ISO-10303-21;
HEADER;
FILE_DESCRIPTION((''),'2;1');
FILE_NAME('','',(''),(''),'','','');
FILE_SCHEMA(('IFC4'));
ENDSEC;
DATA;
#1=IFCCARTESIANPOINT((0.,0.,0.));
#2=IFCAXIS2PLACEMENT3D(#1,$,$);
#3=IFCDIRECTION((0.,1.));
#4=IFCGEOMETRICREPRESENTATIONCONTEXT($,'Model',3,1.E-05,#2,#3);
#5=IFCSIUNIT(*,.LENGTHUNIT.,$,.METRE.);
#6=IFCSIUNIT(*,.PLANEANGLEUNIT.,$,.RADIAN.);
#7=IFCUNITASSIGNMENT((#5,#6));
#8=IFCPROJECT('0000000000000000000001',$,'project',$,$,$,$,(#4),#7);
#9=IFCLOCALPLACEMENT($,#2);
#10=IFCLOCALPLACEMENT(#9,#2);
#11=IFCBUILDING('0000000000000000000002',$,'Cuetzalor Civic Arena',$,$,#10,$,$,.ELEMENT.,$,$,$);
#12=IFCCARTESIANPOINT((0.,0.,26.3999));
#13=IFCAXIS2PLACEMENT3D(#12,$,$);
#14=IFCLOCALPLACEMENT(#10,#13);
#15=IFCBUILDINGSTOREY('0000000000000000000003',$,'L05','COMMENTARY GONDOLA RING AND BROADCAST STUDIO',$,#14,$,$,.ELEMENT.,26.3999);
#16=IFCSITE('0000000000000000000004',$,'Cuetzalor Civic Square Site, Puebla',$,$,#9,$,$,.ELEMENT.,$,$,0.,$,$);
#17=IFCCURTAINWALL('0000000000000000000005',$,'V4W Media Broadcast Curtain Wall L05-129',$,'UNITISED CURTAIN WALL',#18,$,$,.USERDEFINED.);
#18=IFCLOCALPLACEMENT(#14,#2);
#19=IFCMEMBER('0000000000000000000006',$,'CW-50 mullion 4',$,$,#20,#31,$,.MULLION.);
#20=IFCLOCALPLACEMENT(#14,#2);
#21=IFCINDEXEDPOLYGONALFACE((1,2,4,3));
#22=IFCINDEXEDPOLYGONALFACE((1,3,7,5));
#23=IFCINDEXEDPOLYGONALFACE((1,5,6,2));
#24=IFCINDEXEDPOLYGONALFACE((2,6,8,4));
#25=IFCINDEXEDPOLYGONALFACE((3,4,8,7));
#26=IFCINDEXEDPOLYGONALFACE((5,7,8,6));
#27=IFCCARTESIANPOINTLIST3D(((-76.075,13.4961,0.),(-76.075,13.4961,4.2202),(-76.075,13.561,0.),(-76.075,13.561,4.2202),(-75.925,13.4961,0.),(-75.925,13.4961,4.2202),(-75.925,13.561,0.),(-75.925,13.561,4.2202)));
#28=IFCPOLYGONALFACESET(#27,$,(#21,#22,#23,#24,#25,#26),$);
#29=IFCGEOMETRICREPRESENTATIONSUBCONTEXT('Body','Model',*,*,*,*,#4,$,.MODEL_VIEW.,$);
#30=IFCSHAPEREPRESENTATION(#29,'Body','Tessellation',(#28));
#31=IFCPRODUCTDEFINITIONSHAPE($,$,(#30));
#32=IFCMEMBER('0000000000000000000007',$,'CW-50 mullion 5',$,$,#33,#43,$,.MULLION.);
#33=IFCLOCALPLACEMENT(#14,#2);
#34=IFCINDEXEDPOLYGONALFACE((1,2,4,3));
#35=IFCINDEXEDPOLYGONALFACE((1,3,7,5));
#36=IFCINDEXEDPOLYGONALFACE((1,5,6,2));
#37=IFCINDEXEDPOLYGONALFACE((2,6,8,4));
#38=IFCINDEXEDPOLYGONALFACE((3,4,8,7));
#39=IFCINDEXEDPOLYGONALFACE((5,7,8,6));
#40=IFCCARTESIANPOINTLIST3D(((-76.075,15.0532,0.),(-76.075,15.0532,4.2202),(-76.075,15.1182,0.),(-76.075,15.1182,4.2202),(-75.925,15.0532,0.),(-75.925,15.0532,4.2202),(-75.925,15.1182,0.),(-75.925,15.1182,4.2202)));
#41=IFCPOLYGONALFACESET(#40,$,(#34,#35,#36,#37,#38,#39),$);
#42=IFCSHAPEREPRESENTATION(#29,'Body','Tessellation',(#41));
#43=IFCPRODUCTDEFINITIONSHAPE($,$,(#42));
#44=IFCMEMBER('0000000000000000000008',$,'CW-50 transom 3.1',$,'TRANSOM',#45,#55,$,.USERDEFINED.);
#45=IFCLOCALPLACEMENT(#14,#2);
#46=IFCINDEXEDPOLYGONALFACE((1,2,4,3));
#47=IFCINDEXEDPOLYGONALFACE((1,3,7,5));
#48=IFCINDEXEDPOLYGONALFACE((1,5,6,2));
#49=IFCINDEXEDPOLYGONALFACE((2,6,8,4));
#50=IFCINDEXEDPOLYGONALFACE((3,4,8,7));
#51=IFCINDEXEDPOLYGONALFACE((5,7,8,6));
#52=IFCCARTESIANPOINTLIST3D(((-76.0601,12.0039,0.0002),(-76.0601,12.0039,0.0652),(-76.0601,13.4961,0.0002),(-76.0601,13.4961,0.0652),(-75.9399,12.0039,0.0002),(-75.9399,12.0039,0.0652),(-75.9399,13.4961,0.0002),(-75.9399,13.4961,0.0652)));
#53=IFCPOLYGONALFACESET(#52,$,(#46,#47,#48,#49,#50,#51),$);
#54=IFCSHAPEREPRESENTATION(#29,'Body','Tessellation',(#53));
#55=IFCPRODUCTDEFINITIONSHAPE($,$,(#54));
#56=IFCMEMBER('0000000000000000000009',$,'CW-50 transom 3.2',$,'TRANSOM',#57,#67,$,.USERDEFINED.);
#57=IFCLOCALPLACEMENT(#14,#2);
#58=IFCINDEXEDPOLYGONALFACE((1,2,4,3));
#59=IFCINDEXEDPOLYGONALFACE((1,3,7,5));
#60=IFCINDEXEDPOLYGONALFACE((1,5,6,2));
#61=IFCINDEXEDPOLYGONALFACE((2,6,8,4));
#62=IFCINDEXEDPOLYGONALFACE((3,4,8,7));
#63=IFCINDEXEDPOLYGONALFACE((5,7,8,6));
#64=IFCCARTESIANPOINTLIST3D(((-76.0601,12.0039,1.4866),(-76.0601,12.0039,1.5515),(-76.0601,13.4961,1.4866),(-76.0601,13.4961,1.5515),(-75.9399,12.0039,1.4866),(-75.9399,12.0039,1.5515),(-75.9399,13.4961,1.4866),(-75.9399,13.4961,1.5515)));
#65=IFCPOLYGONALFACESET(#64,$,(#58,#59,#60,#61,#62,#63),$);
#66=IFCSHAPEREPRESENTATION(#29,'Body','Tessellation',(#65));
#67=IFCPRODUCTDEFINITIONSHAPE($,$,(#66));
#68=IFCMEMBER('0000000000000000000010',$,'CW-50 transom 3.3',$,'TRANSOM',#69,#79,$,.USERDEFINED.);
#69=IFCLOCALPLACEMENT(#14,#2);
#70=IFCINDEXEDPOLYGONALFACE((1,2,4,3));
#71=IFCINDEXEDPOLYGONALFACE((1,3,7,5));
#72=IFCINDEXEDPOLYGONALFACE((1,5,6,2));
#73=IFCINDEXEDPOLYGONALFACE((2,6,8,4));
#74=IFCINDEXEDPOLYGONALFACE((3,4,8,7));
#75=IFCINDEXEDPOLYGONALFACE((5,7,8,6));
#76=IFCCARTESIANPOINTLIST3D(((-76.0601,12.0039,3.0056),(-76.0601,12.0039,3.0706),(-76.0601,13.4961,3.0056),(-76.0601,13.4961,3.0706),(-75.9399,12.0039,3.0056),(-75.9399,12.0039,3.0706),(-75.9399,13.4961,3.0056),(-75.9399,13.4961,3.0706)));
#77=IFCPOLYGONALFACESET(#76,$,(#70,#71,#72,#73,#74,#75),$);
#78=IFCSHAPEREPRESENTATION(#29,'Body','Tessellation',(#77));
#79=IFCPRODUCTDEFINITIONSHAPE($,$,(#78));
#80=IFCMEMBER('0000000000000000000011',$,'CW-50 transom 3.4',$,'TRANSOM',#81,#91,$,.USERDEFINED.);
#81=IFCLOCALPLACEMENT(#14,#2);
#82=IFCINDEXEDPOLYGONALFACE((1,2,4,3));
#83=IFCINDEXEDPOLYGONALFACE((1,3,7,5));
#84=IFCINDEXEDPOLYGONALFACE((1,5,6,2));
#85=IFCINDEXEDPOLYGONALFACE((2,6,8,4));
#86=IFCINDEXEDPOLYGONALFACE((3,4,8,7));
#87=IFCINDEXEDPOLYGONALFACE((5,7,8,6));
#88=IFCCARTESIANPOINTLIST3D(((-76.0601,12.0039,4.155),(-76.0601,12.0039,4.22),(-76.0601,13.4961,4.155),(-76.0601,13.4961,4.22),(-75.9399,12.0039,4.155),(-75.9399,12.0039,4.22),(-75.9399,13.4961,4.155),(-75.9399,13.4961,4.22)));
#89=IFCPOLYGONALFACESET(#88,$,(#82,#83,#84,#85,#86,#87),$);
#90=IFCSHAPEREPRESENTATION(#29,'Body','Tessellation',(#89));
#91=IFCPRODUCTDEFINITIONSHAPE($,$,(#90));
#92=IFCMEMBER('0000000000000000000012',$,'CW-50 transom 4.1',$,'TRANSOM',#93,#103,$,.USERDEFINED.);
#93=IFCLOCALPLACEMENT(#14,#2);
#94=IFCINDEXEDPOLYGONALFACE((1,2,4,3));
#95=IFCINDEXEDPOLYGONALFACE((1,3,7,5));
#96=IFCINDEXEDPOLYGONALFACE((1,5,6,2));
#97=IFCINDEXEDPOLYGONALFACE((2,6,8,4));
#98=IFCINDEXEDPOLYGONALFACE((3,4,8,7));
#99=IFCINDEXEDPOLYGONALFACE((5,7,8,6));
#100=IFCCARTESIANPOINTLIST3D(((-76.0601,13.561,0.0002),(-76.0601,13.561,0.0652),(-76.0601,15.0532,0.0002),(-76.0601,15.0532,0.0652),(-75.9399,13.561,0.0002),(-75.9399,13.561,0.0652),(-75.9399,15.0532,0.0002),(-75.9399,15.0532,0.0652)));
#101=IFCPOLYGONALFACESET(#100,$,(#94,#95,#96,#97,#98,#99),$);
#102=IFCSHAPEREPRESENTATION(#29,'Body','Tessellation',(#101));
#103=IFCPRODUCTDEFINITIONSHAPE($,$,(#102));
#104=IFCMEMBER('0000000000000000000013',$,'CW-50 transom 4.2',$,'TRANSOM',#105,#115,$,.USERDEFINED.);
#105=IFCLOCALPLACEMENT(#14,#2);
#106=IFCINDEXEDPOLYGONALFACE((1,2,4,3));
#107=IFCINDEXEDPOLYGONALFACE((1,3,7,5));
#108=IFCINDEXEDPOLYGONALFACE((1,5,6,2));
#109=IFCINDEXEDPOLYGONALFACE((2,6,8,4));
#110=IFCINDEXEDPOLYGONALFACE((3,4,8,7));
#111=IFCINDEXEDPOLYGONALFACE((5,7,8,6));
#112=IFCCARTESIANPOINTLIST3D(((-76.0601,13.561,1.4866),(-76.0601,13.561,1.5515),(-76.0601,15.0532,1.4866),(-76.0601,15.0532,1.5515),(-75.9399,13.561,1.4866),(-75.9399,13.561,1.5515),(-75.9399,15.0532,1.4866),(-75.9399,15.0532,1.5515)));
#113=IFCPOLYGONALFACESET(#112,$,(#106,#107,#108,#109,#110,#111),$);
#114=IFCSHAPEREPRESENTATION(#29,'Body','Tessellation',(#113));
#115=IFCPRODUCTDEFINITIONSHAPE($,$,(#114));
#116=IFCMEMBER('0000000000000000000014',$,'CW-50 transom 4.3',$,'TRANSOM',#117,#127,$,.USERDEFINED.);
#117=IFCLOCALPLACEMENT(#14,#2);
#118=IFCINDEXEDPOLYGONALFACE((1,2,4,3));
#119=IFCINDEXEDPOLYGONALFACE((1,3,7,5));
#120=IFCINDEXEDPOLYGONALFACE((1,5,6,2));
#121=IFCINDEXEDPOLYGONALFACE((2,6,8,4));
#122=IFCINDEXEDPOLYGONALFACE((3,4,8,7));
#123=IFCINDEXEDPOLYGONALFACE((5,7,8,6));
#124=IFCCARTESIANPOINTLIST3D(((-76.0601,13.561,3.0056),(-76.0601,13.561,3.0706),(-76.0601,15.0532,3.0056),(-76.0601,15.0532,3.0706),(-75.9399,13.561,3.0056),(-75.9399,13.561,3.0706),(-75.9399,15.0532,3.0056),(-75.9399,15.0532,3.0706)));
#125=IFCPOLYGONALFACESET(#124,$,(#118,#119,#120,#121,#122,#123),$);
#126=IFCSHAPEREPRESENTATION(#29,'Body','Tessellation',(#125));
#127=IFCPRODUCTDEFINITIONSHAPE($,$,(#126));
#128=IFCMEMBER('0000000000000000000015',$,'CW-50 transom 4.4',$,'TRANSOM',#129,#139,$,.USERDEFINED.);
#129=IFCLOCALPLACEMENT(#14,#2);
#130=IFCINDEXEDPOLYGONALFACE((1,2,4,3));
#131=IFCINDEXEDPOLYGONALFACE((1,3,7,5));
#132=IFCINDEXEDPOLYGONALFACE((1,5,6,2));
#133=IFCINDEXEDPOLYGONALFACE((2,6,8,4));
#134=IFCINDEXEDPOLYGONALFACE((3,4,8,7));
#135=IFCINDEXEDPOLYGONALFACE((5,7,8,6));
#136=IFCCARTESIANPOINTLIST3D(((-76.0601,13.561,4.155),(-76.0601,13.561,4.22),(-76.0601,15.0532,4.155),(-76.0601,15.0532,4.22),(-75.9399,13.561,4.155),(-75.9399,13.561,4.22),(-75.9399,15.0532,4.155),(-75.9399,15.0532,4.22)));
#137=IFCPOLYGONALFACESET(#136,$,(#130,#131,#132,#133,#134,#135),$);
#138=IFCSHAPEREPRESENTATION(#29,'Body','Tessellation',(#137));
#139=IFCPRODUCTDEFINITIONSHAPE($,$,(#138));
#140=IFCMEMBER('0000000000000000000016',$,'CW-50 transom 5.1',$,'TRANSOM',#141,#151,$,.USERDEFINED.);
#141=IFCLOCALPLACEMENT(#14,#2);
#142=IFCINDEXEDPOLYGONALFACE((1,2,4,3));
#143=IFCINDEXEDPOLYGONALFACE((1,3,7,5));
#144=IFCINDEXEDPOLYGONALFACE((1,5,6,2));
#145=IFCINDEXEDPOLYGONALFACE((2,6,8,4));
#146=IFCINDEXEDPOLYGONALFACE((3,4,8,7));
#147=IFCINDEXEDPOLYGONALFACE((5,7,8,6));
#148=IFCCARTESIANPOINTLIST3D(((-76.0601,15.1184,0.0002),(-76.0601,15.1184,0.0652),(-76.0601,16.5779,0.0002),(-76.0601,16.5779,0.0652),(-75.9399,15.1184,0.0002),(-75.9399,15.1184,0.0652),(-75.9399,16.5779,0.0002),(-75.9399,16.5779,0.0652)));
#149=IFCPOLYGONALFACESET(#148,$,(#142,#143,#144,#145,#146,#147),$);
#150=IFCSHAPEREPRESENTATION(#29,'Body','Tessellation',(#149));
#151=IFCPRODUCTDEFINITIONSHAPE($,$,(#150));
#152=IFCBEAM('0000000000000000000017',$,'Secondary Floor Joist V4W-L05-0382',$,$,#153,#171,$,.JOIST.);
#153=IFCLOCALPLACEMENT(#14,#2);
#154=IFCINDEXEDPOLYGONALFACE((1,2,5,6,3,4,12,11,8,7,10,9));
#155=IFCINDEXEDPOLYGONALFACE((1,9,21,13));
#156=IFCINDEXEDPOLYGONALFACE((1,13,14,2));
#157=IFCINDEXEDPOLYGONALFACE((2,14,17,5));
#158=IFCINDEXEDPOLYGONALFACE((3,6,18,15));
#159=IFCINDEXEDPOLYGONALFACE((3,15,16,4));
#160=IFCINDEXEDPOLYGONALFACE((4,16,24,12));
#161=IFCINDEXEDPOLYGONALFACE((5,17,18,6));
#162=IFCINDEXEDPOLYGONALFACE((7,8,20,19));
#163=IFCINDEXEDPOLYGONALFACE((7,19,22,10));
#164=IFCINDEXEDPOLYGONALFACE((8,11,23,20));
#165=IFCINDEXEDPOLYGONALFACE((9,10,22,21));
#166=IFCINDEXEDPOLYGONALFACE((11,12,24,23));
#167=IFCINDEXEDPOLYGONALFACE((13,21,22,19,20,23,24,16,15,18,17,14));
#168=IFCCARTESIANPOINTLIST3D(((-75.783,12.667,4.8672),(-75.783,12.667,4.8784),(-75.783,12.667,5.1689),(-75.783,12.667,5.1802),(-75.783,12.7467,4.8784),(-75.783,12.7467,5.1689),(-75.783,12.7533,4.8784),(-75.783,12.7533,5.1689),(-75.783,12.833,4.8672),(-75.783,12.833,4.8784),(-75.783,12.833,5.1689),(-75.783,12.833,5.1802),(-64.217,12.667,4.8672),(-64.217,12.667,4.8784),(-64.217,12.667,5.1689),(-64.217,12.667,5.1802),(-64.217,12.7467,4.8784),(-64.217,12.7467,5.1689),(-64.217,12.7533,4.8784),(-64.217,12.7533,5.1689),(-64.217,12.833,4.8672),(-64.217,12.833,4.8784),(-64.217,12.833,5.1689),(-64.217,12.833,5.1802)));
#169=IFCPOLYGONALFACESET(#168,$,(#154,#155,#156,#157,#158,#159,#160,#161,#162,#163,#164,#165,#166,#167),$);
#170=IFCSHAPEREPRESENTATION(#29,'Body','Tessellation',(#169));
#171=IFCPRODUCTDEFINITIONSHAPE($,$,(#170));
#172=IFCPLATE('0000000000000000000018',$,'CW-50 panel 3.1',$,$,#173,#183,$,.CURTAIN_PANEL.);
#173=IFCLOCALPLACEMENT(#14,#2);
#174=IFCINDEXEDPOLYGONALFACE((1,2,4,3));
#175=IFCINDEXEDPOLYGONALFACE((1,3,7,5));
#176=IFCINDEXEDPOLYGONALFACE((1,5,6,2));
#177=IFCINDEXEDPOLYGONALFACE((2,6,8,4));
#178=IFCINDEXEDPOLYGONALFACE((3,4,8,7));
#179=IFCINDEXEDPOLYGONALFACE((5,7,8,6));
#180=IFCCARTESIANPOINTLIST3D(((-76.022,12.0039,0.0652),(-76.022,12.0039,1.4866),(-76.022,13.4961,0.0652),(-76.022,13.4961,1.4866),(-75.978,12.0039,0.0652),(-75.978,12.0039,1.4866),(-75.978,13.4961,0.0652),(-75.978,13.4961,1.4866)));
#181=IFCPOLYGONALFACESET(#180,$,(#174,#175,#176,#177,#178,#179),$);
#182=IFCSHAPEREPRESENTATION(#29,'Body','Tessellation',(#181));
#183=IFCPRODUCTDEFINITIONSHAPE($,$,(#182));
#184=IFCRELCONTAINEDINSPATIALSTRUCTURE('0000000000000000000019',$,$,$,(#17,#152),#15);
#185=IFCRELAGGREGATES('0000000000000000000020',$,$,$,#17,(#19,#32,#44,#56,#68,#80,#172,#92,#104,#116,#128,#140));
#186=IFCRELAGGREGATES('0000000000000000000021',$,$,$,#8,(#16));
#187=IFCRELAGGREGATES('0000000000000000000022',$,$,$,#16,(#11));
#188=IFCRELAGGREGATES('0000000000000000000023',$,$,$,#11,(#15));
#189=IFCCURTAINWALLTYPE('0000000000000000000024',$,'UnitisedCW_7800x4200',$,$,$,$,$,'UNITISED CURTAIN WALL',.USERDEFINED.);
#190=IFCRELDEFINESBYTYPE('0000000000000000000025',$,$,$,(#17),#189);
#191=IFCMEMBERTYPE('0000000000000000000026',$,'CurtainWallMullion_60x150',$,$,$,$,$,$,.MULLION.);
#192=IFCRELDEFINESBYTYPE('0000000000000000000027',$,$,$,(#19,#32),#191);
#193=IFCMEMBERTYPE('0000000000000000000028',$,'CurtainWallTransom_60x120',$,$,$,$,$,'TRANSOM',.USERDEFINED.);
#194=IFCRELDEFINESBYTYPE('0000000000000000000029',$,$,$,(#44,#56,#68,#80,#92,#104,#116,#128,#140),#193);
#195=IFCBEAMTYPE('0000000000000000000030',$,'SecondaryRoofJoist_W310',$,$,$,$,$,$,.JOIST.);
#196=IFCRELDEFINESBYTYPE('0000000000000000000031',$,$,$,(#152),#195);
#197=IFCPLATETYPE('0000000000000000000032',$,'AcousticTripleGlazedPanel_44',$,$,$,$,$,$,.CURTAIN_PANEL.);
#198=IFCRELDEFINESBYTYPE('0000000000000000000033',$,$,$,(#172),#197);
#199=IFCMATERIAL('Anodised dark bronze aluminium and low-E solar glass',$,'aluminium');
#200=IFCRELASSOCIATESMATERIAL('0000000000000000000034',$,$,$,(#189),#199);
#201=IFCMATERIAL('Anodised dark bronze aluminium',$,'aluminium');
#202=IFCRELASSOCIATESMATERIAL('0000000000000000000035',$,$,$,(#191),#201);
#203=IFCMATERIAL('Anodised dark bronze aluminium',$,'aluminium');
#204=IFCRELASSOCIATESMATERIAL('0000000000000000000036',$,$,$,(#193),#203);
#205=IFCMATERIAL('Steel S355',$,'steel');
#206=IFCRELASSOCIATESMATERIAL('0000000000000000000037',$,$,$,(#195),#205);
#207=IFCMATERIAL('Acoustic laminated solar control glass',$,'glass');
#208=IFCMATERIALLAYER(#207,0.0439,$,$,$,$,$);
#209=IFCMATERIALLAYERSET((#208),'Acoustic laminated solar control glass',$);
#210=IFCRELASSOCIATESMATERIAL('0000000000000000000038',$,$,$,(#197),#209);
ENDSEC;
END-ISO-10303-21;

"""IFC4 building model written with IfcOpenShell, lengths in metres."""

from ifc_helpers import new_model, si_unit, direction, frame, origin, origin_2d, place, context, subcontext, project, spatial, rectangle, i_section, extrude, material, layer, layer_set, material_profile, profile_set, type_object, element, aggregate, save


model = new_model("IFC4")

# Units and contexts
model_context = context("Model", 3, precision=1e-05, world=origin(), true_north=direction((0.0, 1.0)))
body_context = subcontext(model_context, "Body", "Model", "MODEL_VIEW")
ifc_project = project(units=[si_unit("LENGTHUNIT", "METRE"), si_unit("PLANEANGLEUNIT", "RADIAN")], contexts=[model_context])

# Site, building, storey
site_placement = place(None, origin())
site = spatial("IfcSite", under=ifc_project, at=site_placement, Name="Cuetzalor Civic Square Site, Puebla", CompositionType="ELEMENT", RefElevation=0.0)
building_placement = place(site_placement, origin())
building = spatial("IfcBuilding", under=site, at=building_placement, Name="Cuetzalor Civic Arena", CompositionType="ELEMENT")
storey_placement = place(building_placement, frame((0.0, 0.0, 26.3999)))
storey = spatial("IfcBuildingStorey", under=building, at=storey_placement, Name="L05", Description="COMMENTARY GONDOLA RING AND BROADCAST STUDIO", CompositionType="ELEMENT", Elevation=26.3999)

# Curtain wall, members
ifc_material_1 = material(Name="Anodised dark bronze aluminium and low-E solar glass", Category="aluminium")
curtain_wall_type = type_object("IfcCurtainWallType", Name="UnitisedCW_7800x4200", ElementType="UNITISED CURTAIN WALL", PredefinedType="USERDEFINED", material=ifc_material_1)
curtain_wall_placement = place(storey_placement, origin())
curtain_wall = element("IfcCurtainWall", 1, at=curtain_wall_placement, inside=storey, type_object=curtain_wall_type, Name="V4W Media Broadcast Curtain Wall L05-129", ObjectType="UNITISED CURTAIN WALL", PredefinedType="USERDEFINED")
ifc_material_2 = material(Name="Anodised dark bronze aluminium", Category="aluminium")
ifc_material_profile_1 = material_profile(ifc_material_2, rectangle(XDim=0.0649, YDim=0.1499, at=origin_2d()), Name="ALU MULLION 65x150")
ifc_profile_set_1 = profile_set([ifc_material_profile_1], Name="Anodised dark bronze aluminium")
member_type_1 = type_object("IfcMemberType", Name="CurtainWallMullion_60x150", PredefinedType="MULLION", material=ifc_profile_set_1)
member_1_placement = place(storey_placement, frame((-76.0, 13.5286, 0.0), z_axis=(0.0, 0.0, 1.0), x_axis=(0.0, 1.0, 0.0)))
member_1 = element("IfcMember", 2, at=member_1_placement, type_object=member_type_1, Name="CW-50 mullion 4", PredefinedType="MULLION", context=body_context, shape_type="SweptSolid", body=[
    extrude(rectangle(XDim=0.0649, YDim=0.1499, at=origin_2d()), origin(), (0.0, 0.0, 1.0), 4.2202),
])
member_2_placement = place(storey_placement, frame((-76.0, 15.0857, 0.0), z_axis=(0.0, 0.0, 1.0), x_axis=(0.0, 1.0, 0.0)))
member_2 = element("IfcMember", 3, at=member_2_placement, type_object=member_type_1, Name="CW-50 mullion 5", PredefinedType="MULLION", context=body_context, shape_type="SweptSolid", body=[
    extrude(rectangle(XDim=0.0649, YDim=0.1499, at=origin_2d()), origin(), (0.0, 0.0, 1.0), 4.2202),
])
ifc_material_3 = material(Name="Anodised dark bronze aluminium", Category="aluminium")
ifc_material_profile_2 = material_profile(ifc_material_3, rectangle(XDim=0.1201, YDim=0.0649, at=origin_2d()), Name="ALU TRANSOM 65x120")
ifc_profile_set_2 = profile_set([ifc_material_profile_2], Name="Anodised dark bronze aluminium")
member_type_2 = type_object("IfcMemberType", Name="CurtainWallTransom_60x120", ElementType="TRANSOM", PredefinedType="USERDEFINED", material=ifc_profile_set_2)
member_3_placement = place(storey_placement, frame((-76.0, 12.0039, 0.0327), z_axis=(0.0, 1.0, 0.0), x_axis=(-1.0, 0.0, 0.0)))
member_3 = element("IfcMember", 4, at=member_3_placement, type_object=member_type_2, Name="CW-50 transom 3.1", ObjectType="TRANSOM", PredefinedType="USERDEFINED", context=body_context, shape_type="SweptSolid", body=[
    extrude(rectangle(XDim=0.1201, YDim=0.0649, at=origin_2d()), origin(), (0.0, 0.0, 1.0), 1.4922),
])
member_4_placement = place(storey_placement, frame((-76.0, 12.0039, 1.519), z_axis=(0.0, 1.0, 0.0), x_axis=(-1.0, 0.0, 0.0)))
member_4 = element("IfcMember", 5, at=member_4_placement, type_object=member_type_2, Name="CW-50 transom 3.2", ObjectType="TRANSOM", PredefinedType="USERDEFINED", context=body_context, shape_type="SweptSolid", body=[
    extrude(rectangle(XDim=0.1201, YDim=0.0649, at=origin_2d()), origin(), (0.0, 0.0, 1.0), 1.4922),
])
member_5_placement = place(storey_placement, frame((-76.0, 12.0039, 3.0381), z_axis=(0.0, 1.0, 0.0), x_axis=(-1.0, 0.0, 0.0)))
member_5 = element("IfcMember", 6, at=member_5_placement, type_object=member_type_2, Name="CW-50 transom 3.3", ObjectType="TRANSOM", PredefinedType="USERDEFINED", context=body_context, shape_type="SweptSolid", body=[
    extrude(rectangle(XDim=0.1201, YDim=0.0649, at=origin_2d()), origin(), (0.0, 0.0, 1.0), 1.4922),
])
member_6_placement = place(storey_placement, frame((-76.0, 12.0039, 4.1875), z_axis=(0.0, 1.0, 0.0), x_axis=(-1.0, 0.0, 0.0)))
member_6 = element("IfcMember", 7, at=member_6_placement, type_object=member_type_2, Name="CW-50 transom 3.4", ObjectType="TRANSOM", PredefinedType="USERDEFINED", context=body_context, shape_type="SweptSolid", body=[
    extrude(rectangle(XDim=0.1201, YDim=0.0649, at=origin_2d()), origin(), (0.0, 0.0, 1.0), 1.4922),
])
member_7_placement = place(storey_placement, frame((-76.0, 13.561, 0.0327), z_axis=(0.0, 1.0, 0.0), x_axis=(-1.0, 0.0, 0.0)))
member_7 = element("IfcMember", 8, at=member_7_placement, type_object=member_type_2, Name="CW-50 transom 4.1", ObjectType="TRANSOM", PredefinedType="USERDEFINED", context=body_context, shape_type="SweptSolid", body=[
    extrude(rectangle(XDim=0.1201, YDim=0.0649, at=origin_2d()), origin(), (0.0, 0.0, 1.0), 1.4922),
])
member_8_placement = place(storey_placement, frame((-76.0, 13.561, 1.519), z_axis=(0.0, 1.0, 0.0), x_axis=(-1.0, 0.0, 0.0)))
member_8 = element("IfcMember", 9, at=member_8_placement, type_object=member_type_2, Name="CW-50 transom 4.2", ObjectType="TRANSOM", PredefinedType="USERDEFINED", context=body_context, shape_type="SweptSolid", body=[
    extrude(rectangle(XDim=0.1201, YDim=0.0649, at=origin_2d()), origin(), (0.0, 0.0, 1.0), 1.4922),
])
member_9_placement = place(storey_placement, frame((-76.0, 13.561, 3.0381), z_axis=(0.0, 1.0, 0.0), x_axis=(-1.0, 0.0, 0.0)))
member_9 = element("IfcMember", 10, at=member_9_placement, type_object=member_type_2, Name="CW-50 transom 4.3", ObjectType="TRANSOM", PredefinedType="USERDEFINED", context=body_context, shape_type="SweptSolid", body=[
    extrude(rectangle(XDim=0.1201, YDim=0.0649, at=origin_2d()), origin(), (0.0, 0.0, 1.0), 1.4922),
])
member_10_placement = place(storey_placement, frame((-76.0, 13.561, 4.1875), z_axis=(0.0, 1.0, 0.0), x_axis=(-1.0, 0.0, 0.0)))
member_10 = element("IfcMember", 11, at=member_10_placement, type_object=member_type_2, Name="CW-50 transom 4.4", ObjectType="TRANSOM", PredefinedType="USERDEFINED", context=body_context, shape_type="SweptSolid", body=[
    extrude(rectangle(XDim=0.1201, YDim=0.0649, at=origin_2d()), origin(), (0.0, 0.0, 1.0), 1.4922),
])
member_11_placement = place(storey_placement, frame((-76.0, 15.1184, 0.0327), z_axis=(0.0, 1.0, 0.0), x_axis=(-1.0, 0.0, 0.0)))
member_11 = element("IfcMember", 12, at=member_11_placement, type_object=member_type_2, Name="CW-50 transom 5.1", ObjectType="TRANSOM", PredefinedType="USERDEFINED", context=body_context, shape_type="SweptSolid", body=[
    extrude(rectangle(XDim=0.1201, YDim=0.0649, at=origin_2d()), origin(), (0.0, 0.0, 1.0), 1.4595),
])

# Beam
ifc_material_4 = material(Name="Steel S355", Category="steel")
ifc_material_profile_3 = material_profile(ifc_material_4, i_section(OverallWidth=0.166, OverallDepth=0.313, WebThickness=0.0066, FlangeThickness=0.0112, at=origin_2d()), Name="W310x45")
ifc_profile_set_3 = profile_set([ifc_material_profile_3], Name="Steel S355")
beam_type = type_object("IfcBeamType", Name="SecondaryRoofJoist_W310", PredefinedType="JOIST", material=ifc_profile_set_3)
beam_placement = place(storey_placement, frame((-75.783, 12.75, 5.0237), z_axis=(1.0, 0.0, 0.0), x_axis=(0.0, 1.0, 0.0)))
element("IfcBeam", 13, at=beam_placement, inside=storey, type_object=beam_type, Name="Secondary Floor Joist V4W-L05-0382", PredefinedType="JOIST", context=body_context, shape_type="SweptSolid", body=[
    extrude(i_section(OverallWidth=0.166, OverallDepth=0.313, WebThickness=0.0066, FlangeThickness=0.0112, at=origin_2d()), origin(), (0.0, 0.0, 1.0), 11.5659),
])

# Plate
ifc_material_5 = material(Name="Acoustic laminated solar control glass", Category="glass")
ifc_layer_1 = layer(ifc_material_5, 0.0439)
ifc_layer_set_1 = layer_set([ifc_layer_1], Name="Acoustic laminated solar control glass")
plate_type = type_object("IfcPlateType", Name="AcousticTripleGlazedPanel_44", PredefinedType="CURTAIN_PANEL", material=ifc_layer_set_1)
plate_1_placement = place(storey_placement, frame((-76.0, 12.75, 0.0652), z_axis=(0.0, 0.0, 1.0), x_axis=(0.0, 1.0, 0.0)))
plate_1 = element("IfcPlate", 14, at=plate_1_placement, type_object=plate_type, Name="CW-50 panel 3.1", PredefinedType="CURTAIN_PANEL", context=body_context, shape_type="SweptSolid", body=[
    extrude(rectangle(XDim=1.4922, YDim=0.0439, at=origin_2d()), origin(), (0.0, 0.0, 1.0), 1.4214),
])
aggregate(curtain_wall, [member_1, member_2, member_3, member_4, member_5, member_6, plate_1, member_7, member_8, member_9, member_10, member_11])

save(model, "model.ifc")
